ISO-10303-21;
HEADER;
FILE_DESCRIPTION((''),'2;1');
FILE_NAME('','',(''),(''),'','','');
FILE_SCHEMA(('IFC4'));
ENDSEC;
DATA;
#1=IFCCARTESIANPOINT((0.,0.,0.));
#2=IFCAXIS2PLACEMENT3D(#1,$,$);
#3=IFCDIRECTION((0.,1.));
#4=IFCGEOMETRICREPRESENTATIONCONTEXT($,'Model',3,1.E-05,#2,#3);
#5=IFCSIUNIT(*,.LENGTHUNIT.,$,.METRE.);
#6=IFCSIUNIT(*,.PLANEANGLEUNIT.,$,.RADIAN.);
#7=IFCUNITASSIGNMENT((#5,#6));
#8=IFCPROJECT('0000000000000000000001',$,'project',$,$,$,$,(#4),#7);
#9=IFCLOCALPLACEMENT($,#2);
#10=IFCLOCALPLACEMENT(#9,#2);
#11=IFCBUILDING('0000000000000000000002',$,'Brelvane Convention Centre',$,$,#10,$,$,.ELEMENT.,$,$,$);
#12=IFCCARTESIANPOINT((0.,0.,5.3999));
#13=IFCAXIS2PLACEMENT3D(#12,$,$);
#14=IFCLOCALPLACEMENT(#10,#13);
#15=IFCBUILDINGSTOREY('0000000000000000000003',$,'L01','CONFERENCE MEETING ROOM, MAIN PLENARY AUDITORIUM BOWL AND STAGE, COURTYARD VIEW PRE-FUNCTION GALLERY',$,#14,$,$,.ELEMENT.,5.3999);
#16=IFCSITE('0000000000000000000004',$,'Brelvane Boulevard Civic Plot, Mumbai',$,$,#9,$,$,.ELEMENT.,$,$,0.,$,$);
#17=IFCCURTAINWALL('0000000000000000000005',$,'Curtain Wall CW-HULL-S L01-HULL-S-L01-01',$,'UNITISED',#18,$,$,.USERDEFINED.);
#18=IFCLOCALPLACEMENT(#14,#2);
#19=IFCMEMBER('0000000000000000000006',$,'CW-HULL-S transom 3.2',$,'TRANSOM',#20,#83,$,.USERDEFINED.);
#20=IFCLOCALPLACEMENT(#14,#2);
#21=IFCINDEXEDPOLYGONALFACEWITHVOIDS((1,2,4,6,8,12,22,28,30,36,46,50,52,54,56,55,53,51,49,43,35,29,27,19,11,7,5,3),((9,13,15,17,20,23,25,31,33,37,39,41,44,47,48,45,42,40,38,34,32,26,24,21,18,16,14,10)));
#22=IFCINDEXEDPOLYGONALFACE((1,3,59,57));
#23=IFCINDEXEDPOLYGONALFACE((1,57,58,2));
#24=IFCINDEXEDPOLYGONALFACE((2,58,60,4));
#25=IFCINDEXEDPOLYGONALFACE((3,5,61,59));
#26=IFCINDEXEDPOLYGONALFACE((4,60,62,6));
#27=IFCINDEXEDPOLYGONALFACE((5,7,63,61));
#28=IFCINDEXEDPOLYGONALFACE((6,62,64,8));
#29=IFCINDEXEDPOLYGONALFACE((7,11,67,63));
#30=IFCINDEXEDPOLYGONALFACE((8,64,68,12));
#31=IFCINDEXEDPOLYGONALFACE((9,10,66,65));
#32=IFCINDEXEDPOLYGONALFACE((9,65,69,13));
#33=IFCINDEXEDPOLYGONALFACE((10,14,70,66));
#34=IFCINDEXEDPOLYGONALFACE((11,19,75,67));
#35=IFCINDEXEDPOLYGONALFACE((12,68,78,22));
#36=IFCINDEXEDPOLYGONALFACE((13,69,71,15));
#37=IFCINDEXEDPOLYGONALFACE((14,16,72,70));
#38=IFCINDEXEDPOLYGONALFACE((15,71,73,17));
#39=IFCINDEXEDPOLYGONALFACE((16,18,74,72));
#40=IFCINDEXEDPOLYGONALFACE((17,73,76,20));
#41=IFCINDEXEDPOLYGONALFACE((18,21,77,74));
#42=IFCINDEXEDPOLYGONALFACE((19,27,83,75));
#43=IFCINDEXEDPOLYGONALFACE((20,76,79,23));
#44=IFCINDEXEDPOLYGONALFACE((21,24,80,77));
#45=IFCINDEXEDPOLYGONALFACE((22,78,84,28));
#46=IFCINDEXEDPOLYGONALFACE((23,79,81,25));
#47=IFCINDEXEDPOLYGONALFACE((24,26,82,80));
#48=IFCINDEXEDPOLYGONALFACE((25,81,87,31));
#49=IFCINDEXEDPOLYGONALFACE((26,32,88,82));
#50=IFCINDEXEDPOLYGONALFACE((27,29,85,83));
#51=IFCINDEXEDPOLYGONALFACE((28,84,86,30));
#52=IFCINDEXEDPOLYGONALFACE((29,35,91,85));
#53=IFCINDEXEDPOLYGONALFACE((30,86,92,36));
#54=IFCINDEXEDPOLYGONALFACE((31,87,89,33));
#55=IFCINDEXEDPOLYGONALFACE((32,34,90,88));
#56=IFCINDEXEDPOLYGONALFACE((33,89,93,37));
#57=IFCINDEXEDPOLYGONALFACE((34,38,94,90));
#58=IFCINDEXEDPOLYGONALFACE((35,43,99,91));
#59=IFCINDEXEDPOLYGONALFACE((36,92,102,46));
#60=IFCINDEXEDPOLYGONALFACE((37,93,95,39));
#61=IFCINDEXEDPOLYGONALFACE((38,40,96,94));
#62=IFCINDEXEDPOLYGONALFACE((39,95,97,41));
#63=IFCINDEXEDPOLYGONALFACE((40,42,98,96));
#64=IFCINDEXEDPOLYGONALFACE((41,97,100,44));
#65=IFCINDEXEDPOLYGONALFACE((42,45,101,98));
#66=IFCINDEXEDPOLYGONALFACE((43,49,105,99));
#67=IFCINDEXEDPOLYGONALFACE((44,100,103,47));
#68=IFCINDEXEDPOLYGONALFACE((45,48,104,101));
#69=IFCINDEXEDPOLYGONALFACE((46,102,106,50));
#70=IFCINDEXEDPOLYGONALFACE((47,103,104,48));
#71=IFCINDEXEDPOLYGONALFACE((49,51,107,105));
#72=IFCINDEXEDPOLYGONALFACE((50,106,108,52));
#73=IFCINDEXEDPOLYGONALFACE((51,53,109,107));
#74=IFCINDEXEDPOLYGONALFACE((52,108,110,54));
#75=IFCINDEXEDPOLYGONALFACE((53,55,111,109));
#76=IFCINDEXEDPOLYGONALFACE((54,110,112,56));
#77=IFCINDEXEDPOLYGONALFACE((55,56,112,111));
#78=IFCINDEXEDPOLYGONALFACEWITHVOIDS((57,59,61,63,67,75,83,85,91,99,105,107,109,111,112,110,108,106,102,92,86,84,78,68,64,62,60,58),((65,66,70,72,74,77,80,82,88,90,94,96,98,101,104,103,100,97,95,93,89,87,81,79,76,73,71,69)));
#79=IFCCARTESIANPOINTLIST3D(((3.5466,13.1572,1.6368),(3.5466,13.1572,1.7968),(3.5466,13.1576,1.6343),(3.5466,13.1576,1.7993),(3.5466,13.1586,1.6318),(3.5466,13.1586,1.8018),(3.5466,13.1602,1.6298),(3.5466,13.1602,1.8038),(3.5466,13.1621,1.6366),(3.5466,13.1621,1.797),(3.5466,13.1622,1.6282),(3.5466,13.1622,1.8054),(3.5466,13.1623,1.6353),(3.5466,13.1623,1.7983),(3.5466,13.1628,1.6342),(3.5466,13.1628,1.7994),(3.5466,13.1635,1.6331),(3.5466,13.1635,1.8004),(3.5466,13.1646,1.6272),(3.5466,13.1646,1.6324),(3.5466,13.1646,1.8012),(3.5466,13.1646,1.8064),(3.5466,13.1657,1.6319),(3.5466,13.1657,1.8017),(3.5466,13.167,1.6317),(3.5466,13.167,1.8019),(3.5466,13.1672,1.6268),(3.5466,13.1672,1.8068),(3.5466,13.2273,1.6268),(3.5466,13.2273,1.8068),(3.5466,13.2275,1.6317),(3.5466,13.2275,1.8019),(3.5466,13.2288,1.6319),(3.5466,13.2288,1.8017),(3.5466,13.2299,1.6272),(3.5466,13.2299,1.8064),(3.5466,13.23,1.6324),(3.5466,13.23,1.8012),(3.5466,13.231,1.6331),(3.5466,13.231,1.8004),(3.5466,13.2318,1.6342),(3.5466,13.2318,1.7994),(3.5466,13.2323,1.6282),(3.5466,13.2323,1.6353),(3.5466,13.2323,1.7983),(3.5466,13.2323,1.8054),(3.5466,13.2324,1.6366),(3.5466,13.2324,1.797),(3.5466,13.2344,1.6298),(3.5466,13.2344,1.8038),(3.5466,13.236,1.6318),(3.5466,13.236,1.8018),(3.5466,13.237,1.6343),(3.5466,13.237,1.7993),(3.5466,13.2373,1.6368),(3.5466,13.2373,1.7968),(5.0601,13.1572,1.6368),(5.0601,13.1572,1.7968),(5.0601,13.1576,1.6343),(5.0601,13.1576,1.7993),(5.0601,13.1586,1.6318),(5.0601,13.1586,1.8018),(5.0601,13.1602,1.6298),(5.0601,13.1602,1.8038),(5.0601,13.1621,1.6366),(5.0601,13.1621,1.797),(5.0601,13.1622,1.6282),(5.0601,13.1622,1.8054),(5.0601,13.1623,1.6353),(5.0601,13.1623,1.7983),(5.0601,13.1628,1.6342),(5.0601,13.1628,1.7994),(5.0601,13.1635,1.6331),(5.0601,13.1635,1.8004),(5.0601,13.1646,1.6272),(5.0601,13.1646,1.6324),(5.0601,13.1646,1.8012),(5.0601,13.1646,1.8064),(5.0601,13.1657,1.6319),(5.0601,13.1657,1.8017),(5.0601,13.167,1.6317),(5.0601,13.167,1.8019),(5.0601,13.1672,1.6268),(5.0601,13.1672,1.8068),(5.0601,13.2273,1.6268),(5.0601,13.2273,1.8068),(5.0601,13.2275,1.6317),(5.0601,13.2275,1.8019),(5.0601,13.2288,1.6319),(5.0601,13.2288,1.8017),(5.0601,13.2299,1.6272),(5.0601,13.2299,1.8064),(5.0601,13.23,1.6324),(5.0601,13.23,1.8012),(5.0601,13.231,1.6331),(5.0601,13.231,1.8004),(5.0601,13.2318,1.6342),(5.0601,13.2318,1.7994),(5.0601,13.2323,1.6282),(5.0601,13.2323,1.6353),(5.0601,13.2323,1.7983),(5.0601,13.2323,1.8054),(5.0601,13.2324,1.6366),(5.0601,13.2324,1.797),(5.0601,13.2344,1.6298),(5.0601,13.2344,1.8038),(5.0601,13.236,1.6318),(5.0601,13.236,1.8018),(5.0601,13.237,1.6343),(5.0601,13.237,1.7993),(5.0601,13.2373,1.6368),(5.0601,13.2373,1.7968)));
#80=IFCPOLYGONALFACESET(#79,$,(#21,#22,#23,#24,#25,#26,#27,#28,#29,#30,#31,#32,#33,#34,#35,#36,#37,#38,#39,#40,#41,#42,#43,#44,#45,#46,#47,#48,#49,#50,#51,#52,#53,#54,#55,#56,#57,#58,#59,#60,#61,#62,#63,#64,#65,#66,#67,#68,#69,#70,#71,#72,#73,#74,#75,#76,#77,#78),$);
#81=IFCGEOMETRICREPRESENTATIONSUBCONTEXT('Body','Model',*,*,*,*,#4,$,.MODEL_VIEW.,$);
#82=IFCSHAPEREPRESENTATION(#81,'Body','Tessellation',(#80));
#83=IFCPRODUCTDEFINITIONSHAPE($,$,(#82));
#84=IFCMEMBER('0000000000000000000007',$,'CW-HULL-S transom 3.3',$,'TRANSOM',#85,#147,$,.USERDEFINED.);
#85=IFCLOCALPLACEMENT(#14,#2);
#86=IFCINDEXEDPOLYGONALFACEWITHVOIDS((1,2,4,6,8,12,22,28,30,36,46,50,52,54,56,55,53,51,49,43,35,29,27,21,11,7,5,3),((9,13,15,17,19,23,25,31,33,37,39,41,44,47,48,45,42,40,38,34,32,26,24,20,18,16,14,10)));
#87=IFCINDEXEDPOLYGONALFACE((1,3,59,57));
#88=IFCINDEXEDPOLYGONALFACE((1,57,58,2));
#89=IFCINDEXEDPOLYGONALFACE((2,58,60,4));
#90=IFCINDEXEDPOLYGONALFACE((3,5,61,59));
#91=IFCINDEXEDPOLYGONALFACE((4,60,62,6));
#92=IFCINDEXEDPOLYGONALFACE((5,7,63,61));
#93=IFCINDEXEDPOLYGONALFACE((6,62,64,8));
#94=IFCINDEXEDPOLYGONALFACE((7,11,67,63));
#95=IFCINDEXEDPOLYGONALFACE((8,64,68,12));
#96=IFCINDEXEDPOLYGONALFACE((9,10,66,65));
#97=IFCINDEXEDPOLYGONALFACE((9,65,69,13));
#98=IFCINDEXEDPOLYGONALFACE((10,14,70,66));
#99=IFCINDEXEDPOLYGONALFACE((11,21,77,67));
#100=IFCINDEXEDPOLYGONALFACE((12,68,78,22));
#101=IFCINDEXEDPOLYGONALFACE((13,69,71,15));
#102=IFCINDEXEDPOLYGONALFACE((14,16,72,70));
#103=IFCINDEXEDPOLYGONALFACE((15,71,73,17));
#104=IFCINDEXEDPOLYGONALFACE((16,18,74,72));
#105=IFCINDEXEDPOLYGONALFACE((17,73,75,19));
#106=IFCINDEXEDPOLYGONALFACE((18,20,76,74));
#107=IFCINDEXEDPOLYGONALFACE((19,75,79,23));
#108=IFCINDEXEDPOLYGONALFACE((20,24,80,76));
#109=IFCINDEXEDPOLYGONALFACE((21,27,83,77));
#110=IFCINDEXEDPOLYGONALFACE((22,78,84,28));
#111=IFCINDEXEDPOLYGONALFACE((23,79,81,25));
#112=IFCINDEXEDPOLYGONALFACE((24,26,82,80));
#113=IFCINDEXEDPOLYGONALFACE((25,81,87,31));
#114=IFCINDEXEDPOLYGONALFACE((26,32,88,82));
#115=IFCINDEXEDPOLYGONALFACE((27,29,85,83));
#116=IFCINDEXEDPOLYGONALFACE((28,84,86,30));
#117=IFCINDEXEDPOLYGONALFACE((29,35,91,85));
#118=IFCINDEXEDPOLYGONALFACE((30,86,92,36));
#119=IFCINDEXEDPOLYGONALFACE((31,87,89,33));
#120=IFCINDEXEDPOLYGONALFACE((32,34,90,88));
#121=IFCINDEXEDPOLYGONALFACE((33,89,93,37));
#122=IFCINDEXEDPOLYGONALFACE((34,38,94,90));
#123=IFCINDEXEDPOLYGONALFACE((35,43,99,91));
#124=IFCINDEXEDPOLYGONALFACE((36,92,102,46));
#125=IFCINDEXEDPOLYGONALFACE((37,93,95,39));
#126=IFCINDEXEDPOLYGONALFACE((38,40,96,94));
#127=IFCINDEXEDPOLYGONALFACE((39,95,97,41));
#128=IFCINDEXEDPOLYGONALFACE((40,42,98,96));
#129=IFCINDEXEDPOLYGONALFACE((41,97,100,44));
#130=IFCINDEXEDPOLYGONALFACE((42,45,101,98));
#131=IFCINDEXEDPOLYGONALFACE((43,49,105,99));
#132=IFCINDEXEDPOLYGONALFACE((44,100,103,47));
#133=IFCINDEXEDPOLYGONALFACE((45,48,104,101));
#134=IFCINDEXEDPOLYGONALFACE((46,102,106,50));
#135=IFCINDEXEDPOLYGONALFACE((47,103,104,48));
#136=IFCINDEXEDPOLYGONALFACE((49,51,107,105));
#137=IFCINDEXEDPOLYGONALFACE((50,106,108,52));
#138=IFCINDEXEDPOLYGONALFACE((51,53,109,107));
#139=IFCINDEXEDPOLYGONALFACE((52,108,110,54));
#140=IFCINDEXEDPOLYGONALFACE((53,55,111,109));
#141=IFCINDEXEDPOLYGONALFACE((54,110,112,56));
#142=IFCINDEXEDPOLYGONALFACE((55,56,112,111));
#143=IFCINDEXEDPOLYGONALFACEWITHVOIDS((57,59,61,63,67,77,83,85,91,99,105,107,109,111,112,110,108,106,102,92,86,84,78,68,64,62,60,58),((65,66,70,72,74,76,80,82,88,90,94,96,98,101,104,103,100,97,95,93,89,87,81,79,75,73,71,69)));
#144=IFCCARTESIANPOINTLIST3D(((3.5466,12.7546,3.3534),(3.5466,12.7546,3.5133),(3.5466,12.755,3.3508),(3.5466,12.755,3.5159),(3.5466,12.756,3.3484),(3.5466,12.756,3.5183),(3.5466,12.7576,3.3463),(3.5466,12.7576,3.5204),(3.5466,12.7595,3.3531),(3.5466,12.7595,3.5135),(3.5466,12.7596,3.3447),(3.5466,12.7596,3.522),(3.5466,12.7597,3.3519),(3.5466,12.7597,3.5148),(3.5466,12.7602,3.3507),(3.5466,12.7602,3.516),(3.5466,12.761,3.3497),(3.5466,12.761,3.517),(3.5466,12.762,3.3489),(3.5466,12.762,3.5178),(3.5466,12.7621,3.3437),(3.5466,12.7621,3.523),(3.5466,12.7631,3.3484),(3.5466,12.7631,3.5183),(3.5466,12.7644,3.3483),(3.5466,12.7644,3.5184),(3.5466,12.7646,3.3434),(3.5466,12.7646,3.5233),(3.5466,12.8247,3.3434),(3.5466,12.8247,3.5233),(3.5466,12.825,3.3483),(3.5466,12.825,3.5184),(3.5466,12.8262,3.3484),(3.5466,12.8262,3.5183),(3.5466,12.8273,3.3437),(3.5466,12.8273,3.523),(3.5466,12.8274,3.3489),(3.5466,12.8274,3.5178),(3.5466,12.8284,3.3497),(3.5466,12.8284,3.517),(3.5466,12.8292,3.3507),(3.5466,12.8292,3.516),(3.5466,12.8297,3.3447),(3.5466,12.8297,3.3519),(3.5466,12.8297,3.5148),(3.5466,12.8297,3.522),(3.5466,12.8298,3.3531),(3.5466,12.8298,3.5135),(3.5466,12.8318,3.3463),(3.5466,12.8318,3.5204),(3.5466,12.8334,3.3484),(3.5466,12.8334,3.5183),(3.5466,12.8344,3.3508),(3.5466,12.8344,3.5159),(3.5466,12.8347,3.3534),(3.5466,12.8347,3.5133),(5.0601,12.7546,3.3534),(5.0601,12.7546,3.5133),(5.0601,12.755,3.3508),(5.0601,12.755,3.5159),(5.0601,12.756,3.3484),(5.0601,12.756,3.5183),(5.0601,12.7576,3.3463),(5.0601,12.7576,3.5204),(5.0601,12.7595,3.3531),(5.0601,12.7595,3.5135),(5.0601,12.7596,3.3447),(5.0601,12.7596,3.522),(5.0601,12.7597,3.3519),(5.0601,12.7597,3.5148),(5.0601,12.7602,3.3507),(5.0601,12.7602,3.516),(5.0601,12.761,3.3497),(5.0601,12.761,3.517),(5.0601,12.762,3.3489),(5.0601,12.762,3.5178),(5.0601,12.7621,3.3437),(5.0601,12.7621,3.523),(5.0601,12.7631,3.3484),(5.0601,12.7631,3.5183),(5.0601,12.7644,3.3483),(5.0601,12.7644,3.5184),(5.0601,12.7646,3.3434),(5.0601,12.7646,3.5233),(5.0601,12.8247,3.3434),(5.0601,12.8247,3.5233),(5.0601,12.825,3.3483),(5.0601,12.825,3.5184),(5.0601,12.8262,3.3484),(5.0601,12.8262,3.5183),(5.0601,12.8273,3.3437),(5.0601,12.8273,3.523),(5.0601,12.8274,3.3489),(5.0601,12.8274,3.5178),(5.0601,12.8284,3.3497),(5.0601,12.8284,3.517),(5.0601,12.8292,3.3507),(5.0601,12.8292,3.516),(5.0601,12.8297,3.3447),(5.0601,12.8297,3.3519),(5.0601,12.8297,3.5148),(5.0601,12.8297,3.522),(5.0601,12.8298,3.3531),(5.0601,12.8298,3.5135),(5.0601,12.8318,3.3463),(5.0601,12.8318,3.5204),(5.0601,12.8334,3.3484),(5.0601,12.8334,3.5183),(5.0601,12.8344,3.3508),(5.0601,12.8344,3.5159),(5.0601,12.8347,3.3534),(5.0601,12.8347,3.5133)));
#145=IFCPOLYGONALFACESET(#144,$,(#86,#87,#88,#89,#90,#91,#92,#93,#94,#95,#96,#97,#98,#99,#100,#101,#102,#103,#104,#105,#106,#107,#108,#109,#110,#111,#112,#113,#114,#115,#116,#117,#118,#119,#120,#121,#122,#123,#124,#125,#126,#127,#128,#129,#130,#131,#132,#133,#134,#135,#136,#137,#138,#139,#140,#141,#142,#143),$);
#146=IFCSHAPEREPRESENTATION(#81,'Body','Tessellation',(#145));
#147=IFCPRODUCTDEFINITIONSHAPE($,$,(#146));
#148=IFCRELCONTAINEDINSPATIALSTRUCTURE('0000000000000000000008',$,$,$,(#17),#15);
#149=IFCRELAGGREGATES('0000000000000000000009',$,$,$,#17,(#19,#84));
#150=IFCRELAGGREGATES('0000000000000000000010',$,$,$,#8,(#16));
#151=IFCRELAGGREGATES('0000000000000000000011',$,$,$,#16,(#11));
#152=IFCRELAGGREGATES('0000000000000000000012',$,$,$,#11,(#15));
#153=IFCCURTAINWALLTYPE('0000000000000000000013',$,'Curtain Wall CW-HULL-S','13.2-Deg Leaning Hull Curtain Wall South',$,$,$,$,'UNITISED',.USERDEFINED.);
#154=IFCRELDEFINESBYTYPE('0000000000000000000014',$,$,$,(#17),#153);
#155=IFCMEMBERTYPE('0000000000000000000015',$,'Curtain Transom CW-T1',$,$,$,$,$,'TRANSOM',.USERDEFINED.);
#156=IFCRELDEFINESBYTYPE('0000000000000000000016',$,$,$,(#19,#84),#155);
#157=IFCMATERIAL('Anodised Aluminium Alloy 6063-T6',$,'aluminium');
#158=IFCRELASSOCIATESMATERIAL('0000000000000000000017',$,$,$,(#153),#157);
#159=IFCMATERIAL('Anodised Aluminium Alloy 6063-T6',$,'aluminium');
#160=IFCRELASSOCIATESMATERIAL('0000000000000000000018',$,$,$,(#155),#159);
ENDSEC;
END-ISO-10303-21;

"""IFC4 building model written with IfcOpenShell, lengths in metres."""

from ifc_helpers import new_model, si_unit, direction, frame, origin, origin_2d, place, context, subcontext, project, spatial, hollow_rectangle, extrude, material, material_profile, profile_set, type_object, element, aggregate, save


model = new_model("IFC4")

# Units and contexts
model_context = context("Model", 3, precision=1e-05, world=origin(), true_north=direction((0.0, 1.0)))
body_context = subcontext(model_context, "Body", "Model", "MODEL_VIEW")
ifc_project = project(units=[si_unit("LENGTHUNIT", "METRE"), si_unit("PLANEANGLEUNIT", "RADIAN")], contexts=[model_context])

# Site, building, storey
site_placement = place(None, origin())
site = spatial("IfcSite", under=ifc_project, at=site_placement, Name="Brelvane Boulevard Civic Plot, Mumbai", CompositionType="ELEMENT", RefElevation=0.0)
building_placement = place(site_placement, origin())
building = spatial("IfcBuilding", under=site, at=building_placement, Name="Brelvane Convention Centre", CompositionType="ELEMENT")
storey_placement = place(building_placement, frame((0.0, 0.0, 5.3999)))
storey = spatial("IfcBuildingStorey", under=building, at=storey_placement, Name="L01", Description="CONFERENCE MEETING ROOM, MAIN PLENARY AUDITORIUM BOWL AND STAGE, COURTYARD VIEW PRE-FUNCTION GALLERY", CompositionType="ELEMENT", Elevation=5.3999)

# Curtain wall, members
ifc_material_1 = material(Name="Anodised Aluminium Alloy 6063-T6", Category="aluminium")
curtain_wall_type = type_object("IfcCurtainWallType", Name="Curtain Wall CW-HULL-S", Description="13.2-Deg Leaning Hull Curtain Wall South", ElementType="UNITISED", PredefinedType="USERDEFINED", material=ifc_material_1)
curtain_wall_1_placement = place(storey_placement, origin())
curtain_wall_1 = element("IfcCurtainWall", 1, at=curtain_wall_1_placement, inside=storey, type_object=curtain_wall_type, Name="Curtain Wall CW-HULL-S L01-HULL-S-L01-01", ObjectType="UNITISED", PredefinedType="USERDEFINED")
ifc_material_2 = material(Name="Anodised Aluminium Alloy 6063-T6", Category="aluminium")
ifc_material_profile = material_profile(ifc_material_2, hollow_rectangle(XDim=0.0801, YDim=0.1799, WallThickness=0.0049, InnerFilletRadius=0.0049, OuterFilletRadius=0.01, at=origin_2d()), Name="ALU-T 180x80x5.0")
ifc_profile_set = profile_set([ifc_material_profile], Name="Anodised Aluminium Alloy 6063-T6")
member_type = type_object("IfcMemberType", Name="Curtain Transom CW-T1", ElementType="TRANSOM", PredefinedType="USERDEFINED", material=ifc_profile_set)
member_1_placement = place(storey_placement, frame((3.5466, 13.1973, 1.7168), z_axis=(1.0, 0.0, 0.0), x_axis=(0.0, 1.0, 0.0)))
member_1 = element("IfcMember", 2, at=member_1_placement, type_object=member_type, Name="CW-HULL-S transom 3.2", ObjectType="TRANSOM", PredefinedType="USERDEFINED", context=body_context, shape_type="SweptSolid", body=[
    extrude(hollow_rectangle(XDim=0.0801, YDim=0.1799, WallThickness=0.0049, InnerFilletRadius=0.0049, OuterFilletRadius=0.01, at=origin_2d()), origin(), (0.0, 0.0, 1.0), 1.5134),
])
member_2_placement = place(storey_placement, frame((3.5466, 12.7947, 3.4333), z_axis=(1.0, 0.0, 0.0), x_axis=(0.0, 1.0, 0.0)))
member_2 = element("IfcMember", 3, at=member_2_placement, type_object=member_type, Name="CW-HULL-S transom 3.3", ObjectType="TRANSOM", PredefinedType="USERDEFINED", context=body_context, shape_type="SweptSolid", body=[
    extrude(hollow_rectangle(XDim=0.0801, YDim=0.1799, WallThickness=0.0049, InnerFilletRadius=0.0049, OuterFilletRadius=0.01, at=origin_2d()), origin(), (0.0, 0.0, 1.0), 1.5134),
])

aggregate(curtain_wall_1, [member_1, member_2])

save(model, "model.ifc")
